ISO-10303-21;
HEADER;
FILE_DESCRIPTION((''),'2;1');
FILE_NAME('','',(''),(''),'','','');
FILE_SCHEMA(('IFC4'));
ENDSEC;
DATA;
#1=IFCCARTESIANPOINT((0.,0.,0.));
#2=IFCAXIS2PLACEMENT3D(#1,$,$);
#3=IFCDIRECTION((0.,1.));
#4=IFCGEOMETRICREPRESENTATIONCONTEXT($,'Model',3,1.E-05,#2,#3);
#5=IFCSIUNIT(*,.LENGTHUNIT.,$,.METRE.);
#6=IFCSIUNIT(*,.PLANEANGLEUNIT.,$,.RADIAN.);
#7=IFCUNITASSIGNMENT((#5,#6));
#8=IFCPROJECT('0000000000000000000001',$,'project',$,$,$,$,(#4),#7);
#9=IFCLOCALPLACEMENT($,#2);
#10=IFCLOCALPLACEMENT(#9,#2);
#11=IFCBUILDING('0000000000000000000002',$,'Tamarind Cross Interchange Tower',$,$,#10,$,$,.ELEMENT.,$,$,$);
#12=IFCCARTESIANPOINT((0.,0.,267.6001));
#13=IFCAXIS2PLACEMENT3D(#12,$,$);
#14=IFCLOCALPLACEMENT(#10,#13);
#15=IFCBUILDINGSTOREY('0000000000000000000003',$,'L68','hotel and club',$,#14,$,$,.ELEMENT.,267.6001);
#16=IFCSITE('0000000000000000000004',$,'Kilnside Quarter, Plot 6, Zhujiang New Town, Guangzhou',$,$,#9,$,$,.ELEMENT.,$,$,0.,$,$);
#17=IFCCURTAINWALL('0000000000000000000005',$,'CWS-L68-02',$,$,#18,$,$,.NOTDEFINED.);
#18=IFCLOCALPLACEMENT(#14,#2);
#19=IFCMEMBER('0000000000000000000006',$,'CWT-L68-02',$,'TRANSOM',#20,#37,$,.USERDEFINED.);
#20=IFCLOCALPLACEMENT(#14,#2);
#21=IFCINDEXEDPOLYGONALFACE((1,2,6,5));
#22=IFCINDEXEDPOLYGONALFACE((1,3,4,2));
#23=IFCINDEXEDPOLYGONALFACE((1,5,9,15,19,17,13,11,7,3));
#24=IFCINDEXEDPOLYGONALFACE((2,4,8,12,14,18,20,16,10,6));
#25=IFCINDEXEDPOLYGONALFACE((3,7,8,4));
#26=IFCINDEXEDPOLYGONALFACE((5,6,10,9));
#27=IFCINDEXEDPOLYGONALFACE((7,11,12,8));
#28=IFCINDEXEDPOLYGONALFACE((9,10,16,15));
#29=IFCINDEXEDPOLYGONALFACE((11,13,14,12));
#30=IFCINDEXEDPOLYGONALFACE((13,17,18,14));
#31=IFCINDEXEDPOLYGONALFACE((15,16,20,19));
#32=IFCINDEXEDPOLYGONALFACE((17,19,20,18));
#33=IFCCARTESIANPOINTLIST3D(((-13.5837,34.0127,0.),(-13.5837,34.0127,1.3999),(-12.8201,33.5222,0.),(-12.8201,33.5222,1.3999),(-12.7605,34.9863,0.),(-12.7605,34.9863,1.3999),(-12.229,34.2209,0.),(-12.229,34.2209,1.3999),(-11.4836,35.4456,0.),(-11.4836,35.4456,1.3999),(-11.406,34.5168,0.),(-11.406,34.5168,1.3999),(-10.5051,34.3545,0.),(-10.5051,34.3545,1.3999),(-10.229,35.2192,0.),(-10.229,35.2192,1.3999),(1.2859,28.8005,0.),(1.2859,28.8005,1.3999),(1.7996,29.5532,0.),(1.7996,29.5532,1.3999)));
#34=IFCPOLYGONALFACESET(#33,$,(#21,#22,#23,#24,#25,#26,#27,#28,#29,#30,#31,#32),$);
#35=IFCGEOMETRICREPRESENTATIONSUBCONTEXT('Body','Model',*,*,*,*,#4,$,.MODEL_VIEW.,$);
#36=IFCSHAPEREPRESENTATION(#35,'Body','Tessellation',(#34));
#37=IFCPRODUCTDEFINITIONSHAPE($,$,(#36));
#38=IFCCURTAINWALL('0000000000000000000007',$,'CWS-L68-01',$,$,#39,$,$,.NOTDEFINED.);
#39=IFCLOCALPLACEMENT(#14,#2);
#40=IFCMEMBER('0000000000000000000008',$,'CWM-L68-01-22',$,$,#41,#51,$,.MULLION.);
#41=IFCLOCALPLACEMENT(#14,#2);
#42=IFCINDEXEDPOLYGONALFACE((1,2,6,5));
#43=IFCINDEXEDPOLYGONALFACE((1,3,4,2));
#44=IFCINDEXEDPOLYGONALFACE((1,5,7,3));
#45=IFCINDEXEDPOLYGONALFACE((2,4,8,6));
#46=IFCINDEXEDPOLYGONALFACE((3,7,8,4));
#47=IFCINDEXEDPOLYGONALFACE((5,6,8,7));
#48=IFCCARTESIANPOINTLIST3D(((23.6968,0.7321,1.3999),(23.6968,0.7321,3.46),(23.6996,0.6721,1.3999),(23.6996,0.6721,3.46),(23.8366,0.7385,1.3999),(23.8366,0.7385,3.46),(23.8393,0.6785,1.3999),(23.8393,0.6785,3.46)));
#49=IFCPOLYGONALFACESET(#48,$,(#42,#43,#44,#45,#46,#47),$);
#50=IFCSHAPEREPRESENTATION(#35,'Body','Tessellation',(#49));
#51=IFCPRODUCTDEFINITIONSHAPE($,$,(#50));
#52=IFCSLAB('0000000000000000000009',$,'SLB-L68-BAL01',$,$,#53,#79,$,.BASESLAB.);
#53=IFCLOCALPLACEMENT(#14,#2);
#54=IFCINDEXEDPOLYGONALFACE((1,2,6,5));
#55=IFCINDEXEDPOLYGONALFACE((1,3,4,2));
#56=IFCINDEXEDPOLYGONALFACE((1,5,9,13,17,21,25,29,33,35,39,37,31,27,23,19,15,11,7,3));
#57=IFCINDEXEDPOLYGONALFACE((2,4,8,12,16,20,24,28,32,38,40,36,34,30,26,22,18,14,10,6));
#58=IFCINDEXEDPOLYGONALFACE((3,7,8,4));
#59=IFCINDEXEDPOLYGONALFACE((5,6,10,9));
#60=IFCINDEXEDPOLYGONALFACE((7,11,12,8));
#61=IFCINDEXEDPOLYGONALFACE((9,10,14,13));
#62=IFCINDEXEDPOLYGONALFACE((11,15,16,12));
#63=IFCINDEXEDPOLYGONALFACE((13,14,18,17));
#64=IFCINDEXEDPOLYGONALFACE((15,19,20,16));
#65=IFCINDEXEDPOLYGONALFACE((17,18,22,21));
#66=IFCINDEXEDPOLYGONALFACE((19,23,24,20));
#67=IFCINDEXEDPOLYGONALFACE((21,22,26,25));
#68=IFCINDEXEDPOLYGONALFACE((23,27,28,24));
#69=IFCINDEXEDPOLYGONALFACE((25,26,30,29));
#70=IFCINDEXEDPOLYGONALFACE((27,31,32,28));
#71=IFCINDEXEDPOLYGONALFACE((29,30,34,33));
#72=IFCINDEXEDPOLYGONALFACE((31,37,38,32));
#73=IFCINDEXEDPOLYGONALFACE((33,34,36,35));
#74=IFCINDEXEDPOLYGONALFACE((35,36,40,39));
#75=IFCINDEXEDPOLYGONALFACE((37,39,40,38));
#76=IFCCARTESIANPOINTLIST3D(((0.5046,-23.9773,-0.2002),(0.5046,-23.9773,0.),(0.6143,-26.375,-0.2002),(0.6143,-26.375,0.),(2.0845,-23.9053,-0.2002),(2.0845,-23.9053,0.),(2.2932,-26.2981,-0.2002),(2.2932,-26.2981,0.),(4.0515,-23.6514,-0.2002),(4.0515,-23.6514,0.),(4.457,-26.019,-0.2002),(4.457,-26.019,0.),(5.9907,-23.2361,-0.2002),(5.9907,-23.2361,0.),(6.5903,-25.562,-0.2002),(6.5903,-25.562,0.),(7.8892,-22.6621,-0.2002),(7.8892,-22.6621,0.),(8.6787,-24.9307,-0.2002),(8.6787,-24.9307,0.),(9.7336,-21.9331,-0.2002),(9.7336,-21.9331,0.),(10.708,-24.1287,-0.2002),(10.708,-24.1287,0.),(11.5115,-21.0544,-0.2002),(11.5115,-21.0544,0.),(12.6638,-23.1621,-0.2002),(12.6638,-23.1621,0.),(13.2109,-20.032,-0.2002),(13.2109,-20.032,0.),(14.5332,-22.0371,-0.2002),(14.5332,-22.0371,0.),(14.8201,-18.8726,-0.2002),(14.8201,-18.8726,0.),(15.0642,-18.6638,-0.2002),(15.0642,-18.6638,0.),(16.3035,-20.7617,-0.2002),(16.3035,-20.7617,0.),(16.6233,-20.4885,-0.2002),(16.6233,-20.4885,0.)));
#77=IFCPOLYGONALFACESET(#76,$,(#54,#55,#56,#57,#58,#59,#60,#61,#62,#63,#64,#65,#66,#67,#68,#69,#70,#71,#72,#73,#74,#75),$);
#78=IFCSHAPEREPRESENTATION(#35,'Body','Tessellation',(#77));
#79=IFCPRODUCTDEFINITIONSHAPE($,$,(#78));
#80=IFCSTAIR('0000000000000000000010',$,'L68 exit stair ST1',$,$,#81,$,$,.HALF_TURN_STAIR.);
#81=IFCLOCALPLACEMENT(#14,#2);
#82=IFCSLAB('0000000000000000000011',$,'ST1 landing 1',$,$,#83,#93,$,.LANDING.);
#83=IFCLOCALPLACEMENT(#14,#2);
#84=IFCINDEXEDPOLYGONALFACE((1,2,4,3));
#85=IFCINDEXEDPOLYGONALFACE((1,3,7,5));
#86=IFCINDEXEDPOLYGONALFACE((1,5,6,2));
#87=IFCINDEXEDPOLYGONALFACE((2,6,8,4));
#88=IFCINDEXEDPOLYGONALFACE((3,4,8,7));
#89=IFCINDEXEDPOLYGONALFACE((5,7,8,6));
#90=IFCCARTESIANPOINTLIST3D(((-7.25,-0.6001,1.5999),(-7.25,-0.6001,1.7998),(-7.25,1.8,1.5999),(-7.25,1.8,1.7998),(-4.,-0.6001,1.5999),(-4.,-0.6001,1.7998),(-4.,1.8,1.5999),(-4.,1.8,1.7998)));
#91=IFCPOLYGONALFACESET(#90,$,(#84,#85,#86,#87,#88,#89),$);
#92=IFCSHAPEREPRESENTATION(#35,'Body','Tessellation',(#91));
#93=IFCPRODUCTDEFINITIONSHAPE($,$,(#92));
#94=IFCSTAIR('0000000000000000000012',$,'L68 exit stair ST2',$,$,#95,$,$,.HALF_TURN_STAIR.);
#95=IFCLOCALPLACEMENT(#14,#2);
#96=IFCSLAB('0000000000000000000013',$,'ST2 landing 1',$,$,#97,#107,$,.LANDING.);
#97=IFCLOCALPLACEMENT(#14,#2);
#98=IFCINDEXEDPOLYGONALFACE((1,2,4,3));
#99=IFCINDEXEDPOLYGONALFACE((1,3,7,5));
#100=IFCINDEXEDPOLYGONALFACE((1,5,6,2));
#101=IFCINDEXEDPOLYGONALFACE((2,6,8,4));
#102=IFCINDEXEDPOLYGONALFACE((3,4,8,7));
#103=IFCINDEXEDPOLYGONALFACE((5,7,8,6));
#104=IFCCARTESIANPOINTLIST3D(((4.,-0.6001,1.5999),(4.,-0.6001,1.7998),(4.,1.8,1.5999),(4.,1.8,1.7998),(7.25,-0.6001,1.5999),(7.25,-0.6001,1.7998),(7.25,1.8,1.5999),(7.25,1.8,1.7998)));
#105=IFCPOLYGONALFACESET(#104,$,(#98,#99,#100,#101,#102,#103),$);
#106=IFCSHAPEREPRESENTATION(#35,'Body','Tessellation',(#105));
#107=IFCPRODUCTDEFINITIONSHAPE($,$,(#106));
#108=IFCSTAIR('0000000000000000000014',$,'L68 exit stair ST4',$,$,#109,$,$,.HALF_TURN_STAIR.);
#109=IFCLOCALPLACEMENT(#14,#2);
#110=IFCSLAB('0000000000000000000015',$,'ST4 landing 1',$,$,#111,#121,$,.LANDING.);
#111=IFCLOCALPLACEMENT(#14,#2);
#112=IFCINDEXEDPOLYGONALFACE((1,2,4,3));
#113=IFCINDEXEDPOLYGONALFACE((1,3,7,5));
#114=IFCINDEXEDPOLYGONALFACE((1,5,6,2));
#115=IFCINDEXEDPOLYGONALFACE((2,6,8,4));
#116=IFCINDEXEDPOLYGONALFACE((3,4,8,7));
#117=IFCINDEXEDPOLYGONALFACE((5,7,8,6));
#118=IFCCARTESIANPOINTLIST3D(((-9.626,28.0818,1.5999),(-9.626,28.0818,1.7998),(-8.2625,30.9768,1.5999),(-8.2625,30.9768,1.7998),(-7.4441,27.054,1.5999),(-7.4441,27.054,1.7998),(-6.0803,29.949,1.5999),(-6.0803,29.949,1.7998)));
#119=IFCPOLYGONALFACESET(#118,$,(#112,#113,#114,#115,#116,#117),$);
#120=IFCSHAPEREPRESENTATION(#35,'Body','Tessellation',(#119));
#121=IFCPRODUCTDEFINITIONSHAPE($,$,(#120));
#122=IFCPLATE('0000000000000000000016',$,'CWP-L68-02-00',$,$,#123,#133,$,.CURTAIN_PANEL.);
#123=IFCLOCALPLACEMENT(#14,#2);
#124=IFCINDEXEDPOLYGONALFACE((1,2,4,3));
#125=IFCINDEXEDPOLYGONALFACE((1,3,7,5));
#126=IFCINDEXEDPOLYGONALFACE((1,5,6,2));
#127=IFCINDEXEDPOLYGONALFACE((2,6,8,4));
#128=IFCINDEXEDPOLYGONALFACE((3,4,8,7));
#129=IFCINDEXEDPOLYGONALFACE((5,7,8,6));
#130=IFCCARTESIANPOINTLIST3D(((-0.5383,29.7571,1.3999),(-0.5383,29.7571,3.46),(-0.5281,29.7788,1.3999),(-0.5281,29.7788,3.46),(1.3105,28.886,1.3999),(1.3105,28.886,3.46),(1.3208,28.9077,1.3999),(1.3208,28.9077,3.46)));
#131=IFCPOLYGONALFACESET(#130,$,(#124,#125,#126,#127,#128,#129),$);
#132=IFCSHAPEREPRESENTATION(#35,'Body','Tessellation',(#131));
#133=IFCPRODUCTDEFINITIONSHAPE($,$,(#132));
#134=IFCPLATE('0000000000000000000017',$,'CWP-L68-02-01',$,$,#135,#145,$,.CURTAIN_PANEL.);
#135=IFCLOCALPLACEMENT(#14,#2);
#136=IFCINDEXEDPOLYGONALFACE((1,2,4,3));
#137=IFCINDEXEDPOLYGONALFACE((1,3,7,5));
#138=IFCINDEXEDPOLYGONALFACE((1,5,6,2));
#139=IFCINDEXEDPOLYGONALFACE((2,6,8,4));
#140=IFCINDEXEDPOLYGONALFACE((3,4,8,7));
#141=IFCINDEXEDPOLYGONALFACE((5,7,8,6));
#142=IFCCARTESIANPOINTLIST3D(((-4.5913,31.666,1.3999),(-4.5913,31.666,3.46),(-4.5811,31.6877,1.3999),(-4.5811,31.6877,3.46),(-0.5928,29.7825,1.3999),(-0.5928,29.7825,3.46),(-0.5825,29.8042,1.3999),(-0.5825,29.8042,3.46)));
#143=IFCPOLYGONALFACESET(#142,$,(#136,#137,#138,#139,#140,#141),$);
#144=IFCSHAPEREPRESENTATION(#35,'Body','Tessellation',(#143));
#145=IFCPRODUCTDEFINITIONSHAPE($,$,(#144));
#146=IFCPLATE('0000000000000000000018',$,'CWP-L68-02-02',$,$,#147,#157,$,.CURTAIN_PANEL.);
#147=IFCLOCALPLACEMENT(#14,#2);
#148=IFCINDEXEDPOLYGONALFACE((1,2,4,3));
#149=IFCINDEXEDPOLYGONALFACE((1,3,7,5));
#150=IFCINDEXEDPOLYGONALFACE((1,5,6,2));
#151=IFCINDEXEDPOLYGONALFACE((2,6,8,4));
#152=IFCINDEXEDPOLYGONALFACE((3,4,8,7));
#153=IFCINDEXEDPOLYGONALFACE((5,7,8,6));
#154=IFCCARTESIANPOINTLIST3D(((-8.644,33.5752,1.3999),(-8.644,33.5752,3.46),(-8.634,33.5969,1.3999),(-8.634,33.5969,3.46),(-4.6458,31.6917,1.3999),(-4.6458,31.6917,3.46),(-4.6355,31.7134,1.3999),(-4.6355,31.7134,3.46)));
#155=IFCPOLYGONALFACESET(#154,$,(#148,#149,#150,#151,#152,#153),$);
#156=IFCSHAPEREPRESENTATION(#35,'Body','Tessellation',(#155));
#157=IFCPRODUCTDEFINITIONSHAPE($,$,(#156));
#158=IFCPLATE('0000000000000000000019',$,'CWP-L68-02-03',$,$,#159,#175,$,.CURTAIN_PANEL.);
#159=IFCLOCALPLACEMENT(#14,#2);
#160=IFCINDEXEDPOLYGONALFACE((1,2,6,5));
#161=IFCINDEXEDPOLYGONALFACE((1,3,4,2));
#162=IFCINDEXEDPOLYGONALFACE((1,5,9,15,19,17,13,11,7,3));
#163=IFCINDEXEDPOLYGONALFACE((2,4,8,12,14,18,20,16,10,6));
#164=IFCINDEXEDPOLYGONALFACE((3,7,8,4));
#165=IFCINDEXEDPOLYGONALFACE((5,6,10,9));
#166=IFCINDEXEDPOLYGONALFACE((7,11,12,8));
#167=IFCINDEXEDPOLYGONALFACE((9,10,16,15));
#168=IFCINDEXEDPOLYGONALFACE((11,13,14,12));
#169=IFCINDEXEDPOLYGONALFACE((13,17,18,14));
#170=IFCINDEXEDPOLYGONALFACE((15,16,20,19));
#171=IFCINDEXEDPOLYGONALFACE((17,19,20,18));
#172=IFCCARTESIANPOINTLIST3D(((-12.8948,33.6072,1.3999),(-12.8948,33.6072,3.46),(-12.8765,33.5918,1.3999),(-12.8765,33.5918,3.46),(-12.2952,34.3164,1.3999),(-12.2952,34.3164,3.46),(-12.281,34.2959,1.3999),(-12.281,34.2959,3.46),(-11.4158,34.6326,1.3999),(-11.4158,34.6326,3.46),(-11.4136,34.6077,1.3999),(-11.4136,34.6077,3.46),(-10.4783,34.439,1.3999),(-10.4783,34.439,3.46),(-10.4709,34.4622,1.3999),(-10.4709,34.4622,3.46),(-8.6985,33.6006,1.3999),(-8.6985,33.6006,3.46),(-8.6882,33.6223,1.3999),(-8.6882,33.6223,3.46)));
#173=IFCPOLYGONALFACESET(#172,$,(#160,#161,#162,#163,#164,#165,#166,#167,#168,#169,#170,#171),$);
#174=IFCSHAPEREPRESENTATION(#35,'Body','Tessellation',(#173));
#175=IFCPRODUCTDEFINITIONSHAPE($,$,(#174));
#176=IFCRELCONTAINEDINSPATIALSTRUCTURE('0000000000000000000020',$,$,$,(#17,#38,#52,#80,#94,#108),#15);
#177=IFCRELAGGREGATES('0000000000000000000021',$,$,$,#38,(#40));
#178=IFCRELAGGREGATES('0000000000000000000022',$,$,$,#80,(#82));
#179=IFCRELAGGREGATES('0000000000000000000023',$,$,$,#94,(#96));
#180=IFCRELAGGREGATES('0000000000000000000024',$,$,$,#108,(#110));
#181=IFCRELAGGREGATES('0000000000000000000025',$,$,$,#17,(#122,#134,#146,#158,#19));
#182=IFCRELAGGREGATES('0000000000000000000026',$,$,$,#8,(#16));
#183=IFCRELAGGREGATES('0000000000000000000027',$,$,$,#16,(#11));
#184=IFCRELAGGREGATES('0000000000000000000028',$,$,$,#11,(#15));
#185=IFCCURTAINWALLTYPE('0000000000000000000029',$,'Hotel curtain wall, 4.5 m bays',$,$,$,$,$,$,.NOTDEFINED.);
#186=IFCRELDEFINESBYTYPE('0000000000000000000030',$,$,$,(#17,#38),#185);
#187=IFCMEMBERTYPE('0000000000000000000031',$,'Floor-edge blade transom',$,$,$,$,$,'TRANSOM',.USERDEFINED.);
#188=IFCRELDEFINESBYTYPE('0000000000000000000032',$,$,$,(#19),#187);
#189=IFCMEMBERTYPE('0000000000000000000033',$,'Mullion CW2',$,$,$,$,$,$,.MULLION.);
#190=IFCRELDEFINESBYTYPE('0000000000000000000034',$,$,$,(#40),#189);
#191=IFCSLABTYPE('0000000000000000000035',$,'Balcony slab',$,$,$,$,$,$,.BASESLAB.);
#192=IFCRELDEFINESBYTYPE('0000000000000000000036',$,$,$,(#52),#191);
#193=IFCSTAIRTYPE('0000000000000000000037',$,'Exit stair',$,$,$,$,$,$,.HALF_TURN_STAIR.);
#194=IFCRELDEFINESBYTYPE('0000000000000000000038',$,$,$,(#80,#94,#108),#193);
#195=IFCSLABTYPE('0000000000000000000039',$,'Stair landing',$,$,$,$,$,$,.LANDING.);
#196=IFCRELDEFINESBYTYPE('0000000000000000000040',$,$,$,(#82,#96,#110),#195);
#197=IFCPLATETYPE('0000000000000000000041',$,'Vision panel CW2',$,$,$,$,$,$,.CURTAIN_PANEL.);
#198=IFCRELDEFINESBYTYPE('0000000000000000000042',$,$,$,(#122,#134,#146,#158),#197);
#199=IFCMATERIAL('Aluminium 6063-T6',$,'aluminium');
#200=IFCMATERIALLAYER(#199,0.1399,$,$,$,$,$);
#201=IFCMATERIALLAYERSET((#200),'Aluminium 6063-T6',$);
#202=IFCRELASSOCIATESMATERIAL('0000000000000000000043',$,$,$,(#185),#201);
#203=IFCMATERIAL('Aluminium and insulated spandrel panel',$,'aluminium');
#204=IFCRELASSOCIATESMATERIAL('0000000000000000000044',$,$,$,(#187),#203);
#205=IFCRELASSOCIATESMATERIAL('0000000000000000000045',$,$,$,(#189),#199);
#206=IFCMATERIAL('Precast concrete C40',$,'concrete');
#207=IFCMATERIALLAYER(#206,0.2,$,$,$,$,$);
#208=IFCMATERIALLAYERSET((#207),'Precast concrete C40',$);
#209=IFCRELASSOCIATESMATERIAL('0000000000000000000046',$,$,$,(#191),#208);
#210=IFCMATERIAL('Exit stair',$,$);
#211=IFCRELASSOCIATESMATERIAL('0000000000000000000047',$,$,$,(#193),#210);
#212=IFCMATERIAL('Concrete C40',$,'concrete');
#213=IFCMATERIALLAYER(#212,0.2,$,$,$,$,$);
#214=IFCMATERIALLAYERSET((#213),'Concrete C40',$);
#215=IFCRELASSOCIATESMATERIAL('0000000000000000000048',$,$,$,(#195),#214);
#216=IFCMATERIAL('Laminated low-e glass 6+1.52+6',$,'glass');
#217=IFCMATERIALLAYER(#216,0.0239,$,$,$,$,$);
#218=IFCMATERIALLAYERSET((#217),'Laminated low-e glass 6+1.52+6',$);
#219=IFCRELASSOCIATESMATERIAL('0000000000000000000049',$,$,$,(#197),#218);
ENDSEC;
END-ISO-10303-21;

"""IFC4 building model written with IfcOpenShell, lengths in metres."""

from ifc_helpers import new_model, si_unit, direction, frame, origin, origin_2d, place, context, subcontext, project, spatial, polyline, rectangle, outline, extrude, material, layer, layer_set, material_profile, profile_set, type_object, element, aggregate, save


model = new_model("IFC4")

# Units and contexts
model_context = context("Model", 3, precision=1e-05, world=origin(), true_north=direction((0.0, 1.0)))
body_context = subcontext(model_context, "Body", "Model", "MODEL_VIEW")
ifc_project = project(units=[si_unit("LENGTHUNIT", "METRE"), si_unit("PLANEANGLEUNIT", "RADIAN")], contexts=[model_context])

# Site, building, storey
site_placement = place(None, origin())
site = spatial("IfcSite", under=ifc_project, at=site_placement, Name="Kilnside Quarter, Plot 6, Zhujiang New Town, Guangzhou", CompositionType="ELEMENT", RefElevation=0.0)
building_placement = place(site_placement, origin())
building = spatial("IfcBuilding", under=site, at=building_placement, Name="Tamarind Cross Interchange Tower", CompositionType="ELEMENT")
storey_placement = place(building_placement, frame((0.0, 0.0, 267.6001)))
storey = spatial("IfcBuildingStorey", under=building, at=storey_placement, Name="L68", Description="hotel and club", CompositionType="ELEMENT", Elevation=267.6001)

# Curtain walls, members
ifc_material_1 = material(Name="Aluminium 6063-T6", Category="aluminium")
ifc_layer_1 = layer(ifc_material_1, 0.1399)
ifc_layer_set_1 = layer_set([ifc_layer_1], Name="Aluminium 6063-T6")
curtain_wall_type = type_object("IfcCurtainWallType", Name="Hotel curtain wall, 4.5 m bays", PredefinedType="NOTDEFINED", material=ifc_layer_set_1)
curtain_wall_1_placement = place(storey_placement, origin())
curtain_wall_1 = element("IfcCurtainWall", 1, at=curtain_wall_1_placement, inside=storey, type_object=curtain_wall_type, Name="CWS-L68-02", PredefinedType="NOTDEFINED")
ifc_material_2 = material(Name="Aluminium and insulated spandrel panel", Category="aluminium")
member_type_1 = type_object("IfcMemberType", Name="Floor-edge blade transom", ElementType="TRANSOM", PredefinedType="USERDEFINED", material=ifc_material_2)
member_1_placement = place(storey_placement, origin())
member_1 = element("IfcMember", 2, at=member_1_placement, type_object=member_type_1, Name="CWT-L68-02", ObjectType="TRANSOM", PredefinedType="USERDEFINED", context=body_context, shape_type="SweptSolid", body=[
    extrude(outline(polyline([(1.2859, 28.8005), (-10.5051, 34.3545), (-11.406, 34.5168), (-12.229, 34.2209), (-12.8201, 33.5222), (-13.5837, 34.0127), (-12.7605, 34.9863), (-11.4836, 35.4456), (-10.229, 35.2192), (1.7996, 29.5532), (1.2859, 28.8005)])), origin(), (0.0, 0.0, 1.0), 1.3999),
])
curtain_wall_2_placement = place(storey_placement, origin())
curtain_wall_2 = element("IfcCurtainWall", 3, at=curtain_wall_2_placement, inside=storey, type_object=curtain_wall_type, Name="CWS-L68-01", PredefinedType="NOTDEFINED")
ifc_material_profile = material_profile(ifc_material_1, rectangle(XDim=0.0601, YDim=0.1399, at=origin_2d()), Name="Mullion CW2")
ifc_profile_set = profile_set([ifc_material_profile], Name="Aluminium 6063-T6")
member_type_2 = type_object("IfcMemberType", Name="Mullion CW2", PredefinedType="MULLION", material=ifc_profile_set)
member_2_placement = place(storey_placement, frame((23.7681, 0.7053, 1.3999), z_axis=(0.0, 0.0, 1.0), x_axis=(-0.045624, 0.998959, 0.0)))
member_2 = element("IfcMember", 4, at=member_2_placement, type_object=member_type_2, Name="CWM-L68-01-22", PredefinedType="MULLION", context=body_context, shape_type="SweptSolid", body=[
    extrude(rectangle(XDim=0.0601, YDim=0.1399, at=origin_2d()), origin(), (0.0, 0.0, 1.0), 2.0601),
])
aggregate(curtain_wall_2, [member_2])

# Slab
ifc_material_3 = material(Name="Precast concrete C40", Category="concrete")
ifc_layer_2 = layer(ifc_material_3, 0.2)
ifc_layer_set_2 = layer_set([ifc_layer_2], Name="Precast concrete C40")
slab_type_1 = type_object("IfcSlabType", Name="Balcony slab", PredefinedType="BASESLAB", material=ifc_layer_set_2)
slab_1_placement = place(storey_placement, frame((0.0, 0.0, -0.2002)))
element("IfcSlab", 5, at=slab_1_placement, inside=storey, type_object=slab_type_1, Name="SLB-L68-BAL01", PredefinedType="BASESLAB", context=body_context, shape_type="SweptSolid", body=[
    extrude(outline(polyline([(0.5046, -23.9773), (2.0845, -23.9053), (4.0515, -23.6514), (5.9907, -23.2361), (7.8892, -22.6621), (9.7336, -21.9331), (11.5115, -21.0544), (13.2109, -20.032), (14.8201, -18.8726), (15.0642, -18.6638), (16.6233, -20.4885), (16.3035, -20.7617), (14.5332, -22.0371), (12.6638, -23.1621), (10.708, -24.1287), (8.6787, -24.9307), (6.5903, -25.562), (4.457, -26.019), (2.2932, -26.2981), (0.6143, -26.375), (0.5046, -23.9773)])), origin(), (0.0, 0.0, 1.0), 0.2002),
])

# Stairs, slabs
ifc_material_4 = material(Name="Exit stair")
stair_type = type_object("IfcStairType", Name="Exit stair", PredefinedType="HALF_TURN_STAIR", material=ifc_material_4)
stair_1_placement = place(storey_placement, origin())
stair_1 = element("IfcStair", 6, at=stair_1_placement, inside=storey, type_object=stair_type, Name="L68 exit stair ST1", PredefinedType="HALF_TURN_STAIR")
ifc_material_5 = material(Name="Concrete C40", Category="concrete")
ifc_layer_3 = layer(ifc_material_5, 0.2)
ifc_layer_set_3 = layer_set([ifc_layer_3], Name="Concrete C40")
slab_type_2 = type_object("IfcSlabType", Name="Stair landing", PredefinedType="LANDING", material=ifc_layer_set_3)
slab_2_placement = place(storey_placement, frame((0.0, 0.0, 1.5999)))
slab_2 = element("IfcSlab", 7, at=slab_2_placement, type_object=slab_type_2, Name="ST1 landing 1", PredefinedType="LANDING", context=body_context, shape_type="SweptSolid", body=[
    extrude(outline(polyline([(-4.0, -0.6001), (-4.0, 1.8), (-7.25, 1.8), (-7.25, -0.6001), (-4.0, -0.6001)])), origin(), (0.0, 0.0, 1.0), 0.2),
])
aggregate(stair_1, [slab_2])
stair_2_placement = place(storey_placement, origin())
stair_2 = element("IfcStair", 8, at=stair_2_placement, inside=storey, type_object=stair_type, Name="L68 exit stair ST2", PredefinedType="HALF_TURN_STAIR")
slab_3_placement = place(storey_placement, frame((0.0, 0.0, 1.5999)))
slab_3 = element("IfcSlab", 9, at=slab_3_placement, type_object=slab_type_2, Name="ST2 landing 1", PredefinedType="LANDING", context=body_context, shape_type="SweptSolid", body=[
    extrude(outline(polyline([(7.25, -0.6001), (7.25, 1.8), (4.0, 1.8), (4.0, -0.6001), (7.25, -0.6001)])), origin(), (0.0, 0.0, 1.0), 0.2),
])
aggregate(stair_2, [slab_3])
stair_3_placement = place(storey_placement, origin())
stair_3 = element("IfcStair", 10, at=stair_3_placement, inside=storey, type_object=stair_type, Name="L68 exit stair ST4", PredefinedType="HALF_TURN_STAIR")
slab_4_placement = place(storey_placement, frame((0.0, 0.0, 1.5999)))
slab_4 = element("IfcSlab", 11, at=slab_4_placement, type_object=slab_type_2, Name="ST4 landing 1", PredefinedType="LANDING", context=body_context, shape_type="SweptSolid", body=[
    extrude(outline(polyline([(-6.0803, 29.949), (-8.2625, 30.9768), (-9.626, 28.0818), (-7.4441, 27.054), (-6.0803, 29.949)])), origin(), (0.0, 0.0, 1.0), 0.2),
])
aggregate(stair_3, [slab_4])

# Plates
ifc_material_6 = material(Name="Laminated low-e glass 6+1.52+6", Category="glass")
ifc_layer_4 = layer(ifc_material_6, 0.0239)
ifc_layer_set_4 = layer_set([ifc_layer_4], Name="Laminated low-e glass 6+1.52+6")
plate_type = type_object("IfcPlateType", Name="Vision panel CW2", PredefinedType="CURTAIN_PANEL", material=ifc_layer_set_4)
plate_1_placement = place(storey_placement, frame((0.0, 0.0, 1.3999)))
plate_1 = element("IfcPlate", 12, at=plate_1_placement, type_object=plate_type, Name="CWP-L68-02-00", PredefinedType="CURTAIN_PANEL", context=body_context, shape_type="SweptSolid", body=[
    extrude(outline(polyline([(1.3105, 28.886), (-0.5383, 29.7571), (-0.5281, 29.7788), (1.3208, 28.9077), (1.3105, 28.886)])), origin(), (0.0, 0.0, 1.0), 2.0601),
])
plate_2_placement = place(storey_placement, frame((0.0, 0.0, 1.3999)))
plate_2 = element("IfcPlate", 13, at=plate_2_placement, type_object=plate_type, Name="CWP-L68-02-01", PredefinedType="CURTAIN_PANEL", context=body_context, shape_type="SweptSolid", body=[
    extrude(outline(polyline([(-0.5928, 29.7825), (-4.5913, 31.666), (-4.5811, 31.6877), (-0.5825, 29.8042), (-0.5928, 29.7825)])), origin(), (0.0, 0.0, 1.0), 2.0601),
])
plate_3_placement = place(storey_placement, frame((0.0, 0.0, 1.3999)))
plate_3 = element("IfcPlate", 14, at=plate_3_placement, type_object=plate_type, Name="CWP-L68-02-02", PredefinedType="CURTAIN_PANEL", context=body_context, shape_type="SweptSolid", body=[
    extrude(outline(polyline([(-4.6458, 31.6917), (-8.644, 33.5752), (-8.634, 33.5969), (-4.6355, 31.7134), (-4.6458, 31.6917)])), origin(), (0.0, 0.0, 1.0), 2.0601),
])
plate_4_placement = place(storey_placement, frame((0.0, 0.0, 1.3999)))
plate_4 = element("IfcPlate", 15, at=plate_4_placement, type_object=plate_type, Name="CWP-L68-02-03", PredefinedType="CURTAIN_PANEL", context=body_context, shape_type="SweptSolid", body=[
    extrude(outline(polyline([(-8.6985, 33.6006), (-10.4783, 34.439), (-11.4136, 34.6077), (-12.281, 34.2959), (-12.8765, 33.5918), (-12.8948, 33.6072), (-12.2952, 34.3164), (-11.4158, 34.6326), (-10.4709, 34.4622), (-8.6882, 33.6223), (-8.6985, 33.6006)])), origin(), (0.0, 0.0, 1.0), 2.0601),
])
aggregate(curtain_wall_1, [plate_1, plate_2, plate_3, plate_4, member_1])

save(model, "model.ifc")
